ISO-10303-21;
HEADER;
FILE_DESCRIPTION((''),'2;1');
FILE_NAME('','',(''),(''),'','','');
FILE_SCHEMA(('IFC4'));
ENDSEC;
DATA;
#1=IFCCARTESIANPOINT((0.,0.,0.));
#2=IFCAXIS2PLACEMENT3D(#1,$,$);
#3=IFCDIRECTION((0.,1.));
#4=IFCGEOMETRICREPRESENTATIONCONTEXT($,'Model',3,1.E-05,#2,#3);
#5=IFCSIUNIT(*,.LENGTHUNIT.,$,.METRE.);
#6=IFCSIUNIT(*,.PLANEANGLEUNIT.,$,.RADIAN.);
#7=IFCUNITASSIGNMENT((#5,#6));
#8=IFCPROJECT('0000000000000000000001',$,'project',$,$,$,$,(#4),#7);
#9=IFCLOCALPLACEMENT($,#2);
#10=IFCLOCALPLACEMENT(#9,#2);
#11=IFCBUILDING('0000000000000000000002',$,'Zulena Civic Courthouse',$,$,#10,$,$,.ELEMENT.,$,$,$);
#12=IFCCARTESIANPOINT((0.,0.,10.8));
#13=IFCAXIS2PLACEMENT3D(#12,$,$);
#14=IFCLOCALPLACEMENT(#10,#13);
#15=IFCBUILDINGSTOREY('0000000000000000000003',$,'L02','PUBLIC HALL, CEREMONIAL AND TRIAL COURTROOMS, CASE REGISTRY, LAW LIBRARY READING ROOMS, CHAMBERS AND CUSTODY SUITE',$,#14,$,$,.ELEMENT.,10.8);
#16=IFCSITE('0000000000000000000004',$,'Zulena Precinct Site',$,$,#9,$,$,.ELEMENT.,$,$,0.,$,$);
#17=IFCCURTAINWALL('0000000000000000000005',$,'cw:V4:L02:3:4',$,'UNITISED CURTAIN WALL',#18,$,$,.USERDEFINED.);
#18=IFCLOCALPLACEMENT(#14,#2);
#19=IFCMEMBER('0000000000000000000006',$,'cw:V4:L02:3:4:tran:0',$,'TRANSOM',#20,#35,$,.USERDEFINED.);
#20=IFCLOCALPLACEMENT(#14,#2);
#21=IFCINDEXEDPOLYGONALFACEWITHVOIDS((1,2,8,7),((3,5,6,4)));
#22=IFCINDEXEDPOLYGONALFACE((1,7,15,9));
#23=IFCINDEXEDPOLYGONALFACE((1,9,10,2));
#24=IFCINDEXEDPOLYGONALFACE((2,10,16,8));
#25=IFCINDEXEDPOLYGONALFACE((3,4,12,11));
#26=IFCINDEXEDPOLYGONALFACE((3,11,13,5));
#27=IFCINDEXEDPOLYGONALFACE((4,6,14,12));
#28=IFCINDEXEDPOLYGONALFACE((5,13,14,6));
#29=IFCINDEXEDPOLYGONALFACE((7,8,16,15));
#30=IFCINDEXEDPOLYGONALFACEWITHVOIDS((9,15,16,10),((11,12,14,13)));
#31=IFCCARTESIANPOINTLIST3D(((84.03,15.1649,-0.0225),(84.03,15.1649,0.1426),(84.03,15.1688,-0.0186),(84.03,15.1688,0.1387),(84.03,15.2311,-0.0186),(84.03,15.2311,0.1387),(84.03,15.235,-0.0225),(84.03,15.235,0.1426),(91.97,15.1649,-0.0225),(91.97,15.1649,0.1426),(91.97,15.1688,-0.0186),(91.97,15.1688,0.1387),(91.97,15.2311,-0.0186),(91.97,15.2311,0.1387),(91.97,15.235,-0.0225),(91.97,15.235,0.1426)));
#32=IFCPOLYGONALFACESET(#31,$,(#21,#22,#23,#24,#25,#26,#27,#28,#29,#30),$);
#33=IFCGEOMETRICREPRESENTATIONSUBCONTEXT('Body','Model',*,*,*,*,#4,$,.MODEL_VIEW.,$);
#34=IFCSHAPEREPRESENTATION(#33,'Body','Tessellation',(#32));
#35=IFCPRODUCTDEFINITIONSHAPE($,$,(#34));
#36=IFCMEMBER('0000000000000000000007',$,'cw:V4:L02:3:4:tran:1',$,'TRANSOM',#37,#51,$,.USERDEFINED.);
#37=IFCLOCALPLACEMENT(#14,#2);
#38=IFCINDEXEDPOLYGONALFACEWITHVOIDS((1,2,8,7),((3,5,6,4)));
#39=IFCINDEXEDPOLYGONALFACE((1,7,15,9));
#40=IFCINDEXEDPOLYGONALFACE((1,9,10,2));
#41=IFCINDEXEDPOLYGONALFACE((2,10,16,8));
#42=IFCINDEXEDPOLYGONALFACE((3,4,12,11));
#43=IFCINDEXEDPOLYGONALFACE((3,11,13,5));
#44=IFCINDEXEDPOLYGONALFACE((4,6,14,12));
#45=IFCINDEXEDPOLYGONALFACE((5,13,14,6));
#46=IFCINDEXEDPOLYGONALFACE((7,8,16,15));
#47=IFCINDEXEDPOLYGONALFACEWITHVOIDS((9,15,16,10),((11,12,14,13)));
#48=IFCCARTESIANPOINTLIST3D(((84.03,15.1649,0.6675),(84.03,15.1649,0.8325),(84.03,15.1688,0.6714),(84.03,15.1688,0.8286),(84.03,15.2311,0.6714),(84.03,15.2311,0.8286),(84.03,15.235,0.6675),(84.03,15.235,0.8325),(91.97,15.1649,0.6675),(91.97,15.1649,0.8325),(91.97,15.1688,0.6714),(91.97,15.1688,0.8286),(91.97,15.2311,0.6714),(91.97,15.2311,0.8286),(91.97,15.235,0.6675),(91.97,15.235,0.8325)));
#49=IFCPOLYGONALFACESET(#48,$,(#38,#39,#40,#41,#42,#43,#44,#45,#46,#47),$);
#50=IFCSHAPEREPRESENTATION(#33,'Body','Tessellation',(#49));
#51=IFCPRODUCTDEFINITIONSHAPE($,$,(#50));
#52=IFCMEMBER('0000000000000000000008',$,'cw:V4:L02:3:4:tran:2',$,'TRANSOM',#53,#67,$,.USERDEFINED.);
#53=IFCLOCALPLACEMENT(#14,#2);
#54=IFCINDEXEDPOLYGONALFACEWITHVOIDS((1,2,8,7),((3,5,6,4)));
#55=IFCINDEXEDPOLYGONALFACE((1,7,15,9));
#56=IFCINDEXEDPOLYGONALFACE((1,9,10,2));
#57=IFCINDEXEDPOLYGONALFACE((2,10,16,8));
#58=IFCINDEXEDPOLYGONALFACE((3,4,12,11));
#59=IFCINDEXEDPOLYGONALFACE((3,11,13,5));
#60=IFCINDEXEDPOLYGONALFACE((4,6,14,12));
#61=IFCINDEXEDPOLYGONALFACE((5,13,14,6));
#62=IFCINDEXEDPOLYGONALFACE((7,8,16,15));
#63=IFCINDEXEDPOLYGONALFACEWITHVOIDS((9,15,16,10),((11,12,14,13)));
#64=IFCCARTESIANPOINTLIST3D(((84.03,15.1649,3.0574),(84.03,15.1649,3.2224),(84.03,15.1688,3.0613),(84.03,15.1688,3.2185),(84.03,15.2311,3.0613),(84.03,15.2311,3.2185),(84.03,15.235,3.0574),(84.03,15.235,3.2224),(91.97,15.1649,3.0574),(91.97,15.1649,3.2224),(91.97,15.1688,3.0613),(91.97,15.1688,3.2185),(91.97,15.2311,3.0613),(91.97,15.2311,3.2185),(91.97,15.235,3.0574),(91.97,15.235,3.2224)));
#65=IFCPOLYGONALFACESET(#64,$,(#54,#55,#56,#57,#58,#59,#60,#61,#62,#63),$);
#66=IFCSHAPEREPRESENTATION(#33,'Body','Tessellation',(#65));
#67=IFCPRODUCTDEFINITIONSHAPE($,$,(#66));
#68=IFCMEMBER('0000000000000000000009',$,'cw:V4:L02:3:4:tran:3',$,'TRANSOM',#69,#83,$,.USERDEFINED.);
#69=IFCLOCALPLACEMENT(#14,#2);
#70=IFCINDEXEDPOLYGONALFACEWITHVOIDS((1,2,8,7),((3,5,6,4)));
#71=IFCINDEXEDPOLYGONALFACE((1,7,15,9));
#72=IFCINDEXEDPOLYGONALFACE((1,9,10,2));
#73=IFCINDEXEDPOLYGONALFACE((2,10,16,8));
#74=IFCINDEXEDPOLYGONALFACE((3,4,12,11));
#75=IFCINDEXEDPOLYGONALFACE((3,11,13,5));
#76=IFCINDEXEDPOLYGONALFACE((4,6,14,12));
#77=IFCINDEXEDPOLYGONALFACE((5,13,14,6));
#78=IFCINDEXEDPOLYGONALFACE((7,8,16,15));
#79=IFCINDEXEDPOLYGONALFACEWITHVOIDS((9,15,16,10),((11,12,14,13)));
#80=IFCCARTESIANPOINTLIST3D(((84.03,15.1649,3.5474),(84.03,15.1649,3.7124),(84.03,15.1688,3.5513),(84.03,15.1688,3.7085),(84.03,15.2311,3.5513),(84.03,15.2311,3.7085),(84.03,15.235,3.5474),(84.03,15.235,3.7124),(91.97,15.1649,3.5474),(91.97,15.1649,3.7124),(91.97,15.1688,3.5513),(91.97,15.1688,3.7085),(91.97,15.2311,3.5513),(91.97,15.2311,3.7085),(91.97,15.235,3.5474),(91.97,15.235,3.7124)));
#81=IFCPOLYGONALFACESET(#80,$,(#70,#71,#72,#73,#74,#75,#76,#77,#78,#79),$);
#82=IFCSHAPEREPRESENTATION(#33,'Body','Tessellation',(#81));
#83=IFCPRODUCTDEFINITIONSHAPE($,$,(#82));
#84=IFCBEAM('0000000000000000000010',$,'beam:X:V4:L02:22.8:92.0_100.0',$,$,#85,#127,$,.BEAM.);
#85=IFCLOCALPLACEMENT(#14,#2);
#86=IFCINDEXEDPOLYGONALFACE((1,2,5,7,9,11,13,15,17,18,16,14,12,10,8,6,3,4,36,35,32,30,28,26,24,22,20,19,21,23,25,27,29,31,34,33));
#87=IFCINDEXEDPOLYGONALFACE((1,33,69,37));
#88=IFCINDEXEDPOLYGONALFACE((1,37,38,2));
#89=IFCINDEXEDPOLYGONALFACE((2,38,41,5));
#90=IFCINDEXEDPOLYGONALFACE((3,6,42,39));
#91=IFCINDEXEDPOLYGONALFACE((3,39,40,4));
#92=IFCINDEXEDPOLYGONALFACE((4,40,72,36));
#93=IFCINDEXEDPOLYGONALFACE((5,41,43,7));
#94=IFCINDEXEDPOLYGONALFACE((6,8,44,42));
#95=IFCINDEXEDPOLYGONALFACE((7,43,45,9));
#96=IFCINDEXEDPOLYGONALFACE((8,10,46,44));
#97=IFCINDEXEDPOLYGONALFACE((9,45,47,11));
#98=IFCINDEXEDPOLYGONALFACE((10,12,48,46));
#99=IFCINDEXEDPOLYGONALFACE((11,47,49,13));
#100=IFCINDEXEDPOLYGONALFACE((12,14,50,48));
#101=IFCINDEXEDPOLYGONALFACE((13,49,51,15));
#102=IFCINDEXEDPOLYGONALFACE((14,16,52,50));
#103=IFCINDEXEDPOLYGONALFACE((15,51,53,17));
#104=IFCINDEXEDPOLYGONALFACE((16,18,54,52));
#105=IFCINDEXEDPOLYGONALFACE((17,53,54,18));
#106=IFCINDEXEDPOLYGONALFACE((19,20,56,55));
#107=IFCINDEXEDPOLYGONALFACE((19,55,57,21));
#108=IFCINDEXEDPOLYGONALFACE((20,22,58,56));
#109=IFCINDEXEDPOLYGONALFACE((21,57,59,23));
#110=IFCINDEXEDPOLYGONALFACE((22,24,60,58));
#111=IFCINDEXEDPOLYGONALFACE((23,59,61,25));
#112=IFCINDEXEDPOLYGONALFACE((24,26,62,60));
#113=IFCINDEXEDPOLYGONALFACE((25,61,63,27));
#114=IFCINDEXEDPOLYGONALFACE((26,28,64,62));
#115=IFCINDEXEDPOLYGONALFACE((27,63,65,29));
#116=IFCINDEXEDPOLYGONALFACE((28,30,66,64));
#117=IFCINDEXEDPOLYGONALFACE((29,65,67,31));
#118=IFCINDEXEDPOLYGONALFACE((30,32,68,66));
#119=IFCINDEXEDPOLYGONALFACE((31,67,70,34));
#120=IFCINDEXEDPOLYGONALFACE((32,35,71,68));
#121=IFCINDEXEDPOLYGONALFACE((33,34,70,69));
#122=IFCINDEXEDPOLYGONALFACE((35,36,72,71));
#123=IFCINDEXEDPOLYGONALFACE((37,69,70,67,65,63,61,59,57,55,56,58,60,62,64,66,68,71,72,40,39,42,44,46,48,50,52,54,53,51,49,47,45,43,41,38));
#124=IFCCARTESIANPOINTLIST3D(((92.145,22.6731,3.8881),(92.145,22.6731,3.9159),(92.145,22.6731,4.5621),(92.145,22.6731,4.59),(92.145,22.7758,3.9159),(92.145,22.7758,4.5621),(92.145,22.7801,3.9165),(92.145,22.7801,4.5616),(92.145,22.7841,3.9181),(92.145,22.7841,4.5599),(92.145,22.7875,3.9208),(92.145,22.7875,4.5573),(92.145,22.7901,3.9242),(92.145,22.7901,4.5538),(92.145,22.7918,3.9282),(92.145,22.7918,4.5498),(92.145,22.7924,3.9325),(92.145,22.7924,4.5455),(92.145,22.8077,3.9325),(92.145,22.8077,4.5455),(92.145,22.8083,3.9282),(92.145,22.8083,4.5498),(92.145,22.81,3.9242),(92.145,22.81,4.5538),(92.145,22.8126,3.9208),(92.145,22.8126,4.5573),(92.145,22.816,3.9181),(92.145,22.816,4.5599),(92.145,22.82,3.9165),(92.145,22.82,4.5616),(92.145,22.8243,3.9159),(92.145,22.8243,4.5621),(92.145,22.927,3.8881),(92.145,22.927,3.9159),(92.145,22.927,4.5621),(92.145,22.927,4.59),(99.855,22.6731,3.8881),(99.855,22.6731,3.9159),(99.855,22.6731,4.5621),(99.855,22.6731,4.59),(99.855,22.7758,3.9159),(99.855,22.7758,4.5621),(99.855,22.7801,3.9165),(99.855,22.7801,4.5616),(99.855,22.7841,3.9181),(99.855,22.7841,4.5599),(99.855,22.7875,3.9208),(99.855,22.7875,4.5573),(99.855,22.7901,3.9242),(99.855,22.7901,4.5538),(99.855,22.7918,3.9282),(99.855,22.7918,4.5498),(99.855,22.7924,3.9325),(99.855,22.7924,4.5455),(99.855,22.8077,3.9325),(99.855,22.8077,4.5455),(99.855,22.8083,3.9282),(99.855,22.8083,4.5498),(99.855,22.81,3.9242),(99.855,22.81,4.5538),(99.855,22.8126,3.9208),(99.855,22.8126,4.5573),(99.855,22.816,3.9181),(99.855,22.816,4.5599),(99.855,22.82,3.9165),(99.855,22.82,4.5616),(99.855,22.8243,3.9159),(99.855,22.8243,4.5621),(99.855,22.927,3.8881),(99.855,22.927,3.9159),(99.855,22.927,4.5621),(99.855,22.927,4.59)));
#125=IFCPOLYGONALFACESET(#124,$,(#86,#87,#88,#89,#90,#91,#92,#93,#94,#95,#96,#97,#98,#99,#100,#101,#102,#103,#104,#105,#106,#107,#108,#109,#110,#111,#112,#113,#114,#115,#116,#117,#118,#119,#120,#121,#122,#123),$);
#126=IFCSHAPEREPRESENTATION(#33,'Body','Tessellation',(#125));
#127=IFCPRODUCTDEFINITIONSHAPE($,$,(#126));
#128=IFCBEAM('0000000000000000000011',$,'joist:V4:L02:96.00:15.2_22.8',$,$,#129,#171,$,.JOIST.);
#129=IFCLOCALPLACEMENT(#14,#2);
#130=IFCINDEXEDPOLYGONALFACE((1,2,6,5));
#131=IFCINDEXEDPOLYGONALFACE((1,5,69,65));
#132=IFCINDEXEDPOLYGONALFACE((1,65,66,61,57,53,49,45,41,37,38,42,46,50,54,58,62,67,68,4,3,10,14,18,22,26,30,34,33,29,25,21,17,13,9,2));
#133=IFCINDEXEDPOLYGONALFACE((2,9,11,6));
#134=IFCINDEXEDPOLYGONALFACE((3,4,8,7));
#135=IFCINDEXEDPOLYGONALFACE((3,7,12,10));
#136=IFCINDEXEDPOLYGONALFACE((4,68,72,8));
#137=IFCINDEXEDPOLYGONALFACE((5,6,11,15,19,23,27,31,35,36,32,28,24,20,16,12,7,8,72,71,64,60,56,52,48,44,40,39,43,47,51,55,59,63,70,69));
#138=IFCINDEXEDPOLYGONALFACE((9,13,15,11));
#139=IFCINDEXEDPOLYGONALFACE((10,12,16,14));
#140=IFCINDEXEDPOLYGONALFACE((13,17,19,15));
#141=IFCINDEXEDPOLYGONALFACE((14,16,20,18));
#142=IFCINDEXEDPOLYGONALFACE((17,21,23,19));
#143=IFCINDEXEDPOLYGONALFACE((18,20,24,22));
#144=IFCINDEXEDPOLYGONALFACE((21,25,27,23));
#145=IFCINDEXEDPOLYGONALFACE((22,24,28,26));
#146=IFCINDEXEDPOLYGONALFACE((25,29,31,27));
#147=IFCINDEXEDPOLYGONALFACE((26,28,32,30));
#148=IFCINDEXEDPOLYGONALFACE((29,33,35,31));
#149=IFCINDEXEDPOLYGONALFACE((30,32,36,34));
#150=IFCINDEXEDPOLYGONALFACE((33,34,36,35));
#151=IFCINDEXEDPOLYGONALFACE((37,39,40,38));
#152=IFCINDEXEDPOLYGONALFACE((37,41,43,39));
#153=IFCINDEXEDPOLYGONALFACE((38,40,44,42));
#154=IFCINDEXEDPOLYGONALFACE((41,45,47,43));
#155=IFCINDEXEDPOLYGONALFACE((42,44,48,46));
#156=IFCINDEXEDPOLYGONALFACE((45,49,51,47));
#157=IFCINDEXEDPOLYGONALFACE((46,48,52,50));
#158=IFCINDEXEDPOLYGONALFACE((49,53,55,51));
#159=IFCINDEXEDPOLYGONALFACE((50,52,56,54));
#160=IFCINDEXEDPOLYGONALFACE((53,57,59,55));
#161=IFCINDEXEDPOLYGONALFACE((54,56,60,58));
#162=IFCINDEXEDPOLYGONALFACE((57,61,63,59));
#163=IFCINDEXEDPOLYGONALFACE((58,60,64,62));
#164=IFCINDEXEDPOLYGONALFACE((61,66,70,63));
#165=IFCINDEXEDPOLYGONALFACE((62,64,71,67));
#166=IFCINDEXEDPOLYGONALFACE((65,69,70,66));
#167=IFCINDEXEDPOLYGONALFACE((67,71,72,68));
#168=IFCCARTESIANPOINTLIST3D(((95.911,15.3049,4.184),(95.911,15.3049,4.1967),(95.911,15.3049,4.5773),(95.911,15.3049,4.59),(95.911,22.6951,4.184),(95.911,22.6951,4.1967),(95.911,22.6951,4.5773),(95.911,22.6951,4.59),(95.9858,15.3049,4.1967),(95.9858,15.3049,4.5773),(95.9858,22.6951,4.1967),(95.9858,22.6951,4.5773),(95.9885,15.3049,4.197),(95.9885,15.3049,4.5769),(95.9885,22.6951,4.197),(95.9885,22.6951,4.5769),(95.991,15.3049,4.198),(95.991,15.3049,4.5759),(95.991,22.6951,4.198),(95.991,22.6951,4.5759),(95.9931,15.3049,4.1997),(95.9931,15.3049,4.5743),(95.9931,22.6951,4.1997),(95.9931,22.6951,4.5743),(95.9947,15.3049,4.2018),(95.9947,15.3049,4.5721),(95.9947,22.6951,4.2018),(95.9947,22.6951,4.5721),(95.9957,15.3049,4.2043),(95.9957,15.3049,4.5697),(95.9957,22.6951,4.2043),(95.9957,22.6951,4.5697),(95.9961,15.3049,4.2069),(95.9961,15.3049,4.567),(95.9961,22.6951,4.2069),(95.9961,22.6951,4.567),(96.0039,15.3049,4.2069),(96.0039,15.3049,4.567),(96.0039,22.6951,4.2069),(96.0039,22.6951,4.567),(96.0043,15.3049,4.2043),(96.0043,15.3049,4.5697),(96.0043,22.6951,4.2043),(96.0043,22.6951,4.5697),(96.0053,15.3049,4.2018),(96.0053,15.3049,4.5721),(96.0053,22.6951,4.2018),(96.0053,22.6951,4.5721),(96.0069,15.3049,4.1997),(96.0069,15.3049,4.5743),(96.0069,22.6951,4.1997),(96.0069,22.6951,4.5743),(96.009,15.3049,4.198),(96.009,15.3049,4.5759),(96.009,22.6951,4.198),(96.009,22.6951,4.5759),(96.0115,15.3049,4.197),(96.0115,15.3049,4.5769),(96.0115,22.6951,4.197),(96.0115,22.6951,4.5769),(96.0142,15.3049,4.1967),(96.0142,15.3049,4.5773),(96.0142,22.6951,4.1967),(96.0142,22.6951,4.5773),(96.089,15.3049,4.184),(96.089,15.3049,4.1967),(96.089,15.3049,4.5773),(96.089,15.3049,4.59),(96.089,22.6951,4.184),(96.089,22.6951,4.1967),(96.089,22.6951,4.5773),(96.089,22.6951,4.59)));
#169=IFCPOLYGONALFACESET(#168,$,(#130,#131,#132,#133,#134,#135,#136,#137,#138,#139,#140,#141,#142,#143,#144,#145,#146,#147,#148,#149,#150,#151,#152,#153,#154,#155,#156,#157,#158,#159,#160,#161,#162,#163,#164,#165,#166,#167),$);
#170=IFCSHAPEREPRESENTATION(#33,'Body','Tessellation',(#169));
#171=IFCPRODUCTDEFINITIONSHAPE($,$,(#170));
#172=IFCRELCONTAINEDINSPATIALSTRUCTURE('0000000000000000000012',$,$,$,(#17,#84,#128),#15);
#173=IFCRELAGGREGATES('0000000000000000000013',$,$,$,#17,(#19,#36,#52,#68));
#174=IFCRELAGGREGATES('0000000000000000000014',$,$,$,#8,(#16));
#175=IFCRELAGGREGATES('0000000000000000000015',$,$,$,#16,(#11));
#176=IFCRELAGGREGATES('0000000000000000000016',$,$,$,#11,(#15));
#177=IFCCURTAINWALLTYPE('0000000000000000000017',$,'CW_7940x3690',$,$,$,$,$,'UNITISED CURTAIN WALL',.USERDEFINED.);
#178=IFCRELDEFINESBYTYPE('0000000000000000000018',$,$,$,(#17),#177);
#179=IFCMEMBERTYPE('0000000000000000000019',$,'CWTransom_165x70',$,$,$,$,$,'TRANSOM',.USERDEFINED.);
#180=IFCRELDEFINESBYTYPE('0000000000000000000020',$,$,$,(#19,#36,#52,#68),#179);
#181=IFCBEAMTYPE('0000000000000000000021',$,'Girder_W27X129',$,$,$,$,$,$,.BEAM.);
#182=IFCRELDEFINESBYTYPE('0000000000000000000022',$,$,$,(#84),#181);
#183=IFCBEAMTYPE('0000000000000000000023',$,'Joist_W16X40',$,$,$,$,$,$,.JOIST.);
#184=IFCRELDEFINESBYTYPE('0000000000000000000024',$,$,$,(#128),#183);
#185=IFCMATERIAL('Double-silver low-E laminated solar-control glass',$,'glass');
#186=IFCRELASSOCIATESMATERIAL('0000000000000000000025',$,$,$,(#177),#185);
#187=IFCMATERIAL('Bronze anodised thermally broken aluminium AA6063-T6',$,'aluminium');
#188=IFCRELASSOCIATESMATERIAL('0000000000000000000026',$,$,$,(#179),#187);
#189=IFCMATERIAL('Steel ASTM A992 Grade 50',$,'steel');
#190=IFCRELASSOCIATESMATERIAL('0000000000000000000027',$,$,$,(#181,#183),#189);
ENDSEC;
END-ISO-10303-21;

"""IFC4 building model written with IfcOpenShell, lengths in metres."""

from ifc_helpers import new_model, si_unit, direction, frame, origin, origin_2d, place, context, subcontext, project, spatial, hollow_rectangle, i_section, extrude, material, material_profile, profile_set, type_object, element, aggregate, save


model = new_model("IFC4")

# Units and contexts
model_context = context("Model", 3, precision=1e-05, world=origin(), true_north=direction((0.0, 1.0)))
body_context = subcontext(model_context, "Body", "Model", "MODEL_VIEW")
ifc_project = project(units=[si_unit("LENGTHUNIT", "METRE"), si_unit("PLANEANGLEUNIT", "RADIAN")], contexts=[model_context])

# Site, building, storey
site_placement = place(None, origin())
site = spatial("IfcSite", under=ifc_project, at=site_placement, Name="Zulena Precinct Site", CompositionType="ELEMENT", RefElevation=0.0)
building_placement = place(site_placement, origin())
building = spatial("IfcBuilding", under=site, at=building_placement, Name="Zulena Civic Courthouse", CompositionType="ELEMENT")
storey_placement = place(building_placement, frame((0.0, 0.0, 10.8)))
storey = spatial("IfcBuildingStorey", under=building, at=storey_placement, Name="L02", Description="PUBLIC HALL, CEREMONIAL AND TRIAL COURTROOMS, CASE REGISTRY, LAW LIBRARY READING ROOMS, CHAMBERS AND CUSTODY SUITE", CompositionType="ELEMENT", Elevation=10.8)

# Shared definitions
ifc_material_1 = material(Name="Steel ASTM A992 Grade 50", Category="steel")

# Curtain wall, members
ifc_material_2 = material(Name="Double-silver low-E laminated solar-control glass", Category="glass")
curtain_wall_type = type_object("IfcCurtainWallType", Name="CW_7940x3690", ElementType="UNITISED CURTAIN WALL", PredefinedType="USERDEFINED", material=ifc_material_2)
ifc_material_3 = material(Name="Bronze anodised thermally broken aluminium AA6063-T6", Category="aluminium")
curtain_wall_1_placement = place(storey_placement, origin())
curtain_wall_1 = element("IfcCurtainWall", 1, at=curtain_wall_1_placement, inside=storey, type_object=curtain_wall_type, Name="cw:V4:L02:3:4", ObjectType="UNITISED CURTAIN WALL", PredefinedType="USERDEFINED")
ifc_material_profile_1 = material_profile(ifc_material_3, hollow_rectangle(XDim=0.0701, YDim=0.165, WallThickness=0.0039, at=origin_2d()), Name="CWT165X70X4")
ifc_profile_set_1 = profile_set([ifc_material_profile_1], Name="Bronze anodised thermally broken aluminium AA6063-T6")
member_type_1 = type_object("IfcMemberType", Name="CWTransom_165x70", ElementType="TRANSOM", PredefinedType="USERDEFINED", material=ifc_profile_set_1)
member_1_placement = place(storey_placement, frame((91.97, 15.2, 0.0601), z_axis=(-1.0, 0.0, 0.0), x_axis=(0.0, -1.0, 0.0)))
member_1 = element("IfcMember", 2, at=member_1_placement, type_object=member_type_1, Name="cw:V4:L02:3:4:tran:0", ObjectType="TRANSOM", PredefinedType="USERDEFINED", context=body_context, shape_type="SweptSolid", body=[
    extrude(hollow_rectangle(XDim=0.0701, YDim=0.165, WallThickness=0.0039, at=origin_2d()), origin(), (0.0, 0.0, 1.0), 7.9399),
])
member_2_placement = place(storey_placement, frame((91.97, 15.2, 0.75), z_axis=(-1.0, 0.0, 0.0), x_axis=(0.0, -1.0, 0.0)))
member_2 = element("IfcMember", 3, at=member_2_placement, type_object=member_type_1, Name="cw:V4:L02:3:4:tran:1", ObjectType="TRANSOM", PredefinedType="USERDEFINED", context=body_context, shape_type="SweptSolid", body=[
    extrude(hollow_rectangle(XDim=0.0701, YDim=0.165, WallThickness=0.0039, at=origin_2d()), origin(), (0.0, 0.0, 1.0), 7.9399),
])
member_3_placement = place(storey_placement, frame((91.97, 15.2, 3.1399), z_axis=(-1.0, 0.0, 0.0), x_axis=(0.0, -1.0, 0.0)))
member_3 = element("IfcMember", 4, at=member_3_placement, type_object=member_type_1, Name="cw:V4:L02:3:4:tran:2", ObjectType="TRANSOM", PredefinedType="USERDEFINED", context=body_context, shape_type="SweptSolid", body=[
    extrude(hollow_rectangle(XDim=0.0701, YDim=0.165, WallThickness=0.0039, at=origin_2d()), origin(), (0.0, 0.0, 1.0), 7.9399),
])
member_4_placement = place(storey_placement, frame((91.97, 15.2, 3.6299), z_axis=(-1.0, 0.0, 0.0), x_axis=(0.0, -1.0, 0.0)))
member_4 = element("IfcMember", 5, at=member_4_placement, type_object=member_type_1, Name="cw:V4:L02:3:4:tran:3", ObjectType="TRANSOM", PredefinedType="USERDEFINED", context=body_context, shape_type="SweptSolid", body=[
    extrude(hollow_rectangle(XDim=0.0701, YDim=0.165, WallThickness=0.0039, at=origin_2d()), origin(), (0.0, 0.0, 1.0), 7.9399),
])
aggregate(curtain_wall_1, [member_1, member_2, member_3, member_4])

# Beams
ifc_material_profile_2 = material_profile(ifc_material_1, i_section(OverallWidth=0.2539, OverallDepth=0.7019, WebThickness=0.0154, FlangeThickness=0.0278, FilletRadius=0.0166, at=origin_2d()), Name="W27X129")
ifc_profile_set_2 = profile_set([ifc_material_profile_2], Name="Steel ASTM A992 Grade 50")
beam_type_1 = type_object("IfcBeamType", Name="Girder_W27X129", PredefinedType="BEAM", material=ifc_profile_set_2)
beam_1_placement = place(storey_placement, frame((92.145, 22.8, 4.239), z_axis=(1.0, 0.0, 0.0), x_axis=(0.0, 1.0, 0.0)))
element("IfcBeam", 6, at=beam_1_placement, inside=storey, type_object=beam_type_1, Name="beam:X:V4:L02:22.8:92.0_100.0", PredefinedType="BEAM", context=body_context, shape_type="SweptSolid", body=[
    extrude(i_section(OverallWidth=0.2539, OverallDepth=0.7019, WebThickness=0.0154, FlangeThickness=0.0278, FilletRadius=0.0166, at=origin_2d()), origin(), (0.0, 0.0, 1.0), 7.71),
])
ifc_material_profile_3 = material_profile(ifc_material_1, i_section(OverallWidth=0.178, OverallDepth=0.406, WebThickness=0.0078, FlangeThickness=0.0127, FilletRadius=0.0103, at=origin_2d()), Name="W16X40")
ifc_profile_set_3 = profile_set([ifc_material_profile_3], Name="Steel ASTM A992 Grade 50")
beam_type_2 = type_object("IfcBeamType", Name="Joist_W16X40", PredefinedType="JOIST", material=ifc_profile_set_3)
beam_2_placement = place(storey_placement, frame((96.0, 15.3049, 4.387), z_axis=(0.0, 1.0, 0.0), x_axis=(-1.0, 0.0, 0.0)))
element("IfcBeam", 7, at=beam_2_placement, inside=storey, type_object=beam_type_2, Name="joist:V4:L02:96.00:15.2_22.8", PredefinedType="JOIST", context=body_context, shape_type="SweptSolid", body=[
    extrude(i_section(OverallWidth=0.178, OverallDepth=0.406, WebThickness=0.0078, FlangeThickness=0.0127, FilletRadius=0.0103, at=origin_2d()), origin(), (0.0, 0.0, 1.0), 7.3901),
])

save(model, "model.ifc")
